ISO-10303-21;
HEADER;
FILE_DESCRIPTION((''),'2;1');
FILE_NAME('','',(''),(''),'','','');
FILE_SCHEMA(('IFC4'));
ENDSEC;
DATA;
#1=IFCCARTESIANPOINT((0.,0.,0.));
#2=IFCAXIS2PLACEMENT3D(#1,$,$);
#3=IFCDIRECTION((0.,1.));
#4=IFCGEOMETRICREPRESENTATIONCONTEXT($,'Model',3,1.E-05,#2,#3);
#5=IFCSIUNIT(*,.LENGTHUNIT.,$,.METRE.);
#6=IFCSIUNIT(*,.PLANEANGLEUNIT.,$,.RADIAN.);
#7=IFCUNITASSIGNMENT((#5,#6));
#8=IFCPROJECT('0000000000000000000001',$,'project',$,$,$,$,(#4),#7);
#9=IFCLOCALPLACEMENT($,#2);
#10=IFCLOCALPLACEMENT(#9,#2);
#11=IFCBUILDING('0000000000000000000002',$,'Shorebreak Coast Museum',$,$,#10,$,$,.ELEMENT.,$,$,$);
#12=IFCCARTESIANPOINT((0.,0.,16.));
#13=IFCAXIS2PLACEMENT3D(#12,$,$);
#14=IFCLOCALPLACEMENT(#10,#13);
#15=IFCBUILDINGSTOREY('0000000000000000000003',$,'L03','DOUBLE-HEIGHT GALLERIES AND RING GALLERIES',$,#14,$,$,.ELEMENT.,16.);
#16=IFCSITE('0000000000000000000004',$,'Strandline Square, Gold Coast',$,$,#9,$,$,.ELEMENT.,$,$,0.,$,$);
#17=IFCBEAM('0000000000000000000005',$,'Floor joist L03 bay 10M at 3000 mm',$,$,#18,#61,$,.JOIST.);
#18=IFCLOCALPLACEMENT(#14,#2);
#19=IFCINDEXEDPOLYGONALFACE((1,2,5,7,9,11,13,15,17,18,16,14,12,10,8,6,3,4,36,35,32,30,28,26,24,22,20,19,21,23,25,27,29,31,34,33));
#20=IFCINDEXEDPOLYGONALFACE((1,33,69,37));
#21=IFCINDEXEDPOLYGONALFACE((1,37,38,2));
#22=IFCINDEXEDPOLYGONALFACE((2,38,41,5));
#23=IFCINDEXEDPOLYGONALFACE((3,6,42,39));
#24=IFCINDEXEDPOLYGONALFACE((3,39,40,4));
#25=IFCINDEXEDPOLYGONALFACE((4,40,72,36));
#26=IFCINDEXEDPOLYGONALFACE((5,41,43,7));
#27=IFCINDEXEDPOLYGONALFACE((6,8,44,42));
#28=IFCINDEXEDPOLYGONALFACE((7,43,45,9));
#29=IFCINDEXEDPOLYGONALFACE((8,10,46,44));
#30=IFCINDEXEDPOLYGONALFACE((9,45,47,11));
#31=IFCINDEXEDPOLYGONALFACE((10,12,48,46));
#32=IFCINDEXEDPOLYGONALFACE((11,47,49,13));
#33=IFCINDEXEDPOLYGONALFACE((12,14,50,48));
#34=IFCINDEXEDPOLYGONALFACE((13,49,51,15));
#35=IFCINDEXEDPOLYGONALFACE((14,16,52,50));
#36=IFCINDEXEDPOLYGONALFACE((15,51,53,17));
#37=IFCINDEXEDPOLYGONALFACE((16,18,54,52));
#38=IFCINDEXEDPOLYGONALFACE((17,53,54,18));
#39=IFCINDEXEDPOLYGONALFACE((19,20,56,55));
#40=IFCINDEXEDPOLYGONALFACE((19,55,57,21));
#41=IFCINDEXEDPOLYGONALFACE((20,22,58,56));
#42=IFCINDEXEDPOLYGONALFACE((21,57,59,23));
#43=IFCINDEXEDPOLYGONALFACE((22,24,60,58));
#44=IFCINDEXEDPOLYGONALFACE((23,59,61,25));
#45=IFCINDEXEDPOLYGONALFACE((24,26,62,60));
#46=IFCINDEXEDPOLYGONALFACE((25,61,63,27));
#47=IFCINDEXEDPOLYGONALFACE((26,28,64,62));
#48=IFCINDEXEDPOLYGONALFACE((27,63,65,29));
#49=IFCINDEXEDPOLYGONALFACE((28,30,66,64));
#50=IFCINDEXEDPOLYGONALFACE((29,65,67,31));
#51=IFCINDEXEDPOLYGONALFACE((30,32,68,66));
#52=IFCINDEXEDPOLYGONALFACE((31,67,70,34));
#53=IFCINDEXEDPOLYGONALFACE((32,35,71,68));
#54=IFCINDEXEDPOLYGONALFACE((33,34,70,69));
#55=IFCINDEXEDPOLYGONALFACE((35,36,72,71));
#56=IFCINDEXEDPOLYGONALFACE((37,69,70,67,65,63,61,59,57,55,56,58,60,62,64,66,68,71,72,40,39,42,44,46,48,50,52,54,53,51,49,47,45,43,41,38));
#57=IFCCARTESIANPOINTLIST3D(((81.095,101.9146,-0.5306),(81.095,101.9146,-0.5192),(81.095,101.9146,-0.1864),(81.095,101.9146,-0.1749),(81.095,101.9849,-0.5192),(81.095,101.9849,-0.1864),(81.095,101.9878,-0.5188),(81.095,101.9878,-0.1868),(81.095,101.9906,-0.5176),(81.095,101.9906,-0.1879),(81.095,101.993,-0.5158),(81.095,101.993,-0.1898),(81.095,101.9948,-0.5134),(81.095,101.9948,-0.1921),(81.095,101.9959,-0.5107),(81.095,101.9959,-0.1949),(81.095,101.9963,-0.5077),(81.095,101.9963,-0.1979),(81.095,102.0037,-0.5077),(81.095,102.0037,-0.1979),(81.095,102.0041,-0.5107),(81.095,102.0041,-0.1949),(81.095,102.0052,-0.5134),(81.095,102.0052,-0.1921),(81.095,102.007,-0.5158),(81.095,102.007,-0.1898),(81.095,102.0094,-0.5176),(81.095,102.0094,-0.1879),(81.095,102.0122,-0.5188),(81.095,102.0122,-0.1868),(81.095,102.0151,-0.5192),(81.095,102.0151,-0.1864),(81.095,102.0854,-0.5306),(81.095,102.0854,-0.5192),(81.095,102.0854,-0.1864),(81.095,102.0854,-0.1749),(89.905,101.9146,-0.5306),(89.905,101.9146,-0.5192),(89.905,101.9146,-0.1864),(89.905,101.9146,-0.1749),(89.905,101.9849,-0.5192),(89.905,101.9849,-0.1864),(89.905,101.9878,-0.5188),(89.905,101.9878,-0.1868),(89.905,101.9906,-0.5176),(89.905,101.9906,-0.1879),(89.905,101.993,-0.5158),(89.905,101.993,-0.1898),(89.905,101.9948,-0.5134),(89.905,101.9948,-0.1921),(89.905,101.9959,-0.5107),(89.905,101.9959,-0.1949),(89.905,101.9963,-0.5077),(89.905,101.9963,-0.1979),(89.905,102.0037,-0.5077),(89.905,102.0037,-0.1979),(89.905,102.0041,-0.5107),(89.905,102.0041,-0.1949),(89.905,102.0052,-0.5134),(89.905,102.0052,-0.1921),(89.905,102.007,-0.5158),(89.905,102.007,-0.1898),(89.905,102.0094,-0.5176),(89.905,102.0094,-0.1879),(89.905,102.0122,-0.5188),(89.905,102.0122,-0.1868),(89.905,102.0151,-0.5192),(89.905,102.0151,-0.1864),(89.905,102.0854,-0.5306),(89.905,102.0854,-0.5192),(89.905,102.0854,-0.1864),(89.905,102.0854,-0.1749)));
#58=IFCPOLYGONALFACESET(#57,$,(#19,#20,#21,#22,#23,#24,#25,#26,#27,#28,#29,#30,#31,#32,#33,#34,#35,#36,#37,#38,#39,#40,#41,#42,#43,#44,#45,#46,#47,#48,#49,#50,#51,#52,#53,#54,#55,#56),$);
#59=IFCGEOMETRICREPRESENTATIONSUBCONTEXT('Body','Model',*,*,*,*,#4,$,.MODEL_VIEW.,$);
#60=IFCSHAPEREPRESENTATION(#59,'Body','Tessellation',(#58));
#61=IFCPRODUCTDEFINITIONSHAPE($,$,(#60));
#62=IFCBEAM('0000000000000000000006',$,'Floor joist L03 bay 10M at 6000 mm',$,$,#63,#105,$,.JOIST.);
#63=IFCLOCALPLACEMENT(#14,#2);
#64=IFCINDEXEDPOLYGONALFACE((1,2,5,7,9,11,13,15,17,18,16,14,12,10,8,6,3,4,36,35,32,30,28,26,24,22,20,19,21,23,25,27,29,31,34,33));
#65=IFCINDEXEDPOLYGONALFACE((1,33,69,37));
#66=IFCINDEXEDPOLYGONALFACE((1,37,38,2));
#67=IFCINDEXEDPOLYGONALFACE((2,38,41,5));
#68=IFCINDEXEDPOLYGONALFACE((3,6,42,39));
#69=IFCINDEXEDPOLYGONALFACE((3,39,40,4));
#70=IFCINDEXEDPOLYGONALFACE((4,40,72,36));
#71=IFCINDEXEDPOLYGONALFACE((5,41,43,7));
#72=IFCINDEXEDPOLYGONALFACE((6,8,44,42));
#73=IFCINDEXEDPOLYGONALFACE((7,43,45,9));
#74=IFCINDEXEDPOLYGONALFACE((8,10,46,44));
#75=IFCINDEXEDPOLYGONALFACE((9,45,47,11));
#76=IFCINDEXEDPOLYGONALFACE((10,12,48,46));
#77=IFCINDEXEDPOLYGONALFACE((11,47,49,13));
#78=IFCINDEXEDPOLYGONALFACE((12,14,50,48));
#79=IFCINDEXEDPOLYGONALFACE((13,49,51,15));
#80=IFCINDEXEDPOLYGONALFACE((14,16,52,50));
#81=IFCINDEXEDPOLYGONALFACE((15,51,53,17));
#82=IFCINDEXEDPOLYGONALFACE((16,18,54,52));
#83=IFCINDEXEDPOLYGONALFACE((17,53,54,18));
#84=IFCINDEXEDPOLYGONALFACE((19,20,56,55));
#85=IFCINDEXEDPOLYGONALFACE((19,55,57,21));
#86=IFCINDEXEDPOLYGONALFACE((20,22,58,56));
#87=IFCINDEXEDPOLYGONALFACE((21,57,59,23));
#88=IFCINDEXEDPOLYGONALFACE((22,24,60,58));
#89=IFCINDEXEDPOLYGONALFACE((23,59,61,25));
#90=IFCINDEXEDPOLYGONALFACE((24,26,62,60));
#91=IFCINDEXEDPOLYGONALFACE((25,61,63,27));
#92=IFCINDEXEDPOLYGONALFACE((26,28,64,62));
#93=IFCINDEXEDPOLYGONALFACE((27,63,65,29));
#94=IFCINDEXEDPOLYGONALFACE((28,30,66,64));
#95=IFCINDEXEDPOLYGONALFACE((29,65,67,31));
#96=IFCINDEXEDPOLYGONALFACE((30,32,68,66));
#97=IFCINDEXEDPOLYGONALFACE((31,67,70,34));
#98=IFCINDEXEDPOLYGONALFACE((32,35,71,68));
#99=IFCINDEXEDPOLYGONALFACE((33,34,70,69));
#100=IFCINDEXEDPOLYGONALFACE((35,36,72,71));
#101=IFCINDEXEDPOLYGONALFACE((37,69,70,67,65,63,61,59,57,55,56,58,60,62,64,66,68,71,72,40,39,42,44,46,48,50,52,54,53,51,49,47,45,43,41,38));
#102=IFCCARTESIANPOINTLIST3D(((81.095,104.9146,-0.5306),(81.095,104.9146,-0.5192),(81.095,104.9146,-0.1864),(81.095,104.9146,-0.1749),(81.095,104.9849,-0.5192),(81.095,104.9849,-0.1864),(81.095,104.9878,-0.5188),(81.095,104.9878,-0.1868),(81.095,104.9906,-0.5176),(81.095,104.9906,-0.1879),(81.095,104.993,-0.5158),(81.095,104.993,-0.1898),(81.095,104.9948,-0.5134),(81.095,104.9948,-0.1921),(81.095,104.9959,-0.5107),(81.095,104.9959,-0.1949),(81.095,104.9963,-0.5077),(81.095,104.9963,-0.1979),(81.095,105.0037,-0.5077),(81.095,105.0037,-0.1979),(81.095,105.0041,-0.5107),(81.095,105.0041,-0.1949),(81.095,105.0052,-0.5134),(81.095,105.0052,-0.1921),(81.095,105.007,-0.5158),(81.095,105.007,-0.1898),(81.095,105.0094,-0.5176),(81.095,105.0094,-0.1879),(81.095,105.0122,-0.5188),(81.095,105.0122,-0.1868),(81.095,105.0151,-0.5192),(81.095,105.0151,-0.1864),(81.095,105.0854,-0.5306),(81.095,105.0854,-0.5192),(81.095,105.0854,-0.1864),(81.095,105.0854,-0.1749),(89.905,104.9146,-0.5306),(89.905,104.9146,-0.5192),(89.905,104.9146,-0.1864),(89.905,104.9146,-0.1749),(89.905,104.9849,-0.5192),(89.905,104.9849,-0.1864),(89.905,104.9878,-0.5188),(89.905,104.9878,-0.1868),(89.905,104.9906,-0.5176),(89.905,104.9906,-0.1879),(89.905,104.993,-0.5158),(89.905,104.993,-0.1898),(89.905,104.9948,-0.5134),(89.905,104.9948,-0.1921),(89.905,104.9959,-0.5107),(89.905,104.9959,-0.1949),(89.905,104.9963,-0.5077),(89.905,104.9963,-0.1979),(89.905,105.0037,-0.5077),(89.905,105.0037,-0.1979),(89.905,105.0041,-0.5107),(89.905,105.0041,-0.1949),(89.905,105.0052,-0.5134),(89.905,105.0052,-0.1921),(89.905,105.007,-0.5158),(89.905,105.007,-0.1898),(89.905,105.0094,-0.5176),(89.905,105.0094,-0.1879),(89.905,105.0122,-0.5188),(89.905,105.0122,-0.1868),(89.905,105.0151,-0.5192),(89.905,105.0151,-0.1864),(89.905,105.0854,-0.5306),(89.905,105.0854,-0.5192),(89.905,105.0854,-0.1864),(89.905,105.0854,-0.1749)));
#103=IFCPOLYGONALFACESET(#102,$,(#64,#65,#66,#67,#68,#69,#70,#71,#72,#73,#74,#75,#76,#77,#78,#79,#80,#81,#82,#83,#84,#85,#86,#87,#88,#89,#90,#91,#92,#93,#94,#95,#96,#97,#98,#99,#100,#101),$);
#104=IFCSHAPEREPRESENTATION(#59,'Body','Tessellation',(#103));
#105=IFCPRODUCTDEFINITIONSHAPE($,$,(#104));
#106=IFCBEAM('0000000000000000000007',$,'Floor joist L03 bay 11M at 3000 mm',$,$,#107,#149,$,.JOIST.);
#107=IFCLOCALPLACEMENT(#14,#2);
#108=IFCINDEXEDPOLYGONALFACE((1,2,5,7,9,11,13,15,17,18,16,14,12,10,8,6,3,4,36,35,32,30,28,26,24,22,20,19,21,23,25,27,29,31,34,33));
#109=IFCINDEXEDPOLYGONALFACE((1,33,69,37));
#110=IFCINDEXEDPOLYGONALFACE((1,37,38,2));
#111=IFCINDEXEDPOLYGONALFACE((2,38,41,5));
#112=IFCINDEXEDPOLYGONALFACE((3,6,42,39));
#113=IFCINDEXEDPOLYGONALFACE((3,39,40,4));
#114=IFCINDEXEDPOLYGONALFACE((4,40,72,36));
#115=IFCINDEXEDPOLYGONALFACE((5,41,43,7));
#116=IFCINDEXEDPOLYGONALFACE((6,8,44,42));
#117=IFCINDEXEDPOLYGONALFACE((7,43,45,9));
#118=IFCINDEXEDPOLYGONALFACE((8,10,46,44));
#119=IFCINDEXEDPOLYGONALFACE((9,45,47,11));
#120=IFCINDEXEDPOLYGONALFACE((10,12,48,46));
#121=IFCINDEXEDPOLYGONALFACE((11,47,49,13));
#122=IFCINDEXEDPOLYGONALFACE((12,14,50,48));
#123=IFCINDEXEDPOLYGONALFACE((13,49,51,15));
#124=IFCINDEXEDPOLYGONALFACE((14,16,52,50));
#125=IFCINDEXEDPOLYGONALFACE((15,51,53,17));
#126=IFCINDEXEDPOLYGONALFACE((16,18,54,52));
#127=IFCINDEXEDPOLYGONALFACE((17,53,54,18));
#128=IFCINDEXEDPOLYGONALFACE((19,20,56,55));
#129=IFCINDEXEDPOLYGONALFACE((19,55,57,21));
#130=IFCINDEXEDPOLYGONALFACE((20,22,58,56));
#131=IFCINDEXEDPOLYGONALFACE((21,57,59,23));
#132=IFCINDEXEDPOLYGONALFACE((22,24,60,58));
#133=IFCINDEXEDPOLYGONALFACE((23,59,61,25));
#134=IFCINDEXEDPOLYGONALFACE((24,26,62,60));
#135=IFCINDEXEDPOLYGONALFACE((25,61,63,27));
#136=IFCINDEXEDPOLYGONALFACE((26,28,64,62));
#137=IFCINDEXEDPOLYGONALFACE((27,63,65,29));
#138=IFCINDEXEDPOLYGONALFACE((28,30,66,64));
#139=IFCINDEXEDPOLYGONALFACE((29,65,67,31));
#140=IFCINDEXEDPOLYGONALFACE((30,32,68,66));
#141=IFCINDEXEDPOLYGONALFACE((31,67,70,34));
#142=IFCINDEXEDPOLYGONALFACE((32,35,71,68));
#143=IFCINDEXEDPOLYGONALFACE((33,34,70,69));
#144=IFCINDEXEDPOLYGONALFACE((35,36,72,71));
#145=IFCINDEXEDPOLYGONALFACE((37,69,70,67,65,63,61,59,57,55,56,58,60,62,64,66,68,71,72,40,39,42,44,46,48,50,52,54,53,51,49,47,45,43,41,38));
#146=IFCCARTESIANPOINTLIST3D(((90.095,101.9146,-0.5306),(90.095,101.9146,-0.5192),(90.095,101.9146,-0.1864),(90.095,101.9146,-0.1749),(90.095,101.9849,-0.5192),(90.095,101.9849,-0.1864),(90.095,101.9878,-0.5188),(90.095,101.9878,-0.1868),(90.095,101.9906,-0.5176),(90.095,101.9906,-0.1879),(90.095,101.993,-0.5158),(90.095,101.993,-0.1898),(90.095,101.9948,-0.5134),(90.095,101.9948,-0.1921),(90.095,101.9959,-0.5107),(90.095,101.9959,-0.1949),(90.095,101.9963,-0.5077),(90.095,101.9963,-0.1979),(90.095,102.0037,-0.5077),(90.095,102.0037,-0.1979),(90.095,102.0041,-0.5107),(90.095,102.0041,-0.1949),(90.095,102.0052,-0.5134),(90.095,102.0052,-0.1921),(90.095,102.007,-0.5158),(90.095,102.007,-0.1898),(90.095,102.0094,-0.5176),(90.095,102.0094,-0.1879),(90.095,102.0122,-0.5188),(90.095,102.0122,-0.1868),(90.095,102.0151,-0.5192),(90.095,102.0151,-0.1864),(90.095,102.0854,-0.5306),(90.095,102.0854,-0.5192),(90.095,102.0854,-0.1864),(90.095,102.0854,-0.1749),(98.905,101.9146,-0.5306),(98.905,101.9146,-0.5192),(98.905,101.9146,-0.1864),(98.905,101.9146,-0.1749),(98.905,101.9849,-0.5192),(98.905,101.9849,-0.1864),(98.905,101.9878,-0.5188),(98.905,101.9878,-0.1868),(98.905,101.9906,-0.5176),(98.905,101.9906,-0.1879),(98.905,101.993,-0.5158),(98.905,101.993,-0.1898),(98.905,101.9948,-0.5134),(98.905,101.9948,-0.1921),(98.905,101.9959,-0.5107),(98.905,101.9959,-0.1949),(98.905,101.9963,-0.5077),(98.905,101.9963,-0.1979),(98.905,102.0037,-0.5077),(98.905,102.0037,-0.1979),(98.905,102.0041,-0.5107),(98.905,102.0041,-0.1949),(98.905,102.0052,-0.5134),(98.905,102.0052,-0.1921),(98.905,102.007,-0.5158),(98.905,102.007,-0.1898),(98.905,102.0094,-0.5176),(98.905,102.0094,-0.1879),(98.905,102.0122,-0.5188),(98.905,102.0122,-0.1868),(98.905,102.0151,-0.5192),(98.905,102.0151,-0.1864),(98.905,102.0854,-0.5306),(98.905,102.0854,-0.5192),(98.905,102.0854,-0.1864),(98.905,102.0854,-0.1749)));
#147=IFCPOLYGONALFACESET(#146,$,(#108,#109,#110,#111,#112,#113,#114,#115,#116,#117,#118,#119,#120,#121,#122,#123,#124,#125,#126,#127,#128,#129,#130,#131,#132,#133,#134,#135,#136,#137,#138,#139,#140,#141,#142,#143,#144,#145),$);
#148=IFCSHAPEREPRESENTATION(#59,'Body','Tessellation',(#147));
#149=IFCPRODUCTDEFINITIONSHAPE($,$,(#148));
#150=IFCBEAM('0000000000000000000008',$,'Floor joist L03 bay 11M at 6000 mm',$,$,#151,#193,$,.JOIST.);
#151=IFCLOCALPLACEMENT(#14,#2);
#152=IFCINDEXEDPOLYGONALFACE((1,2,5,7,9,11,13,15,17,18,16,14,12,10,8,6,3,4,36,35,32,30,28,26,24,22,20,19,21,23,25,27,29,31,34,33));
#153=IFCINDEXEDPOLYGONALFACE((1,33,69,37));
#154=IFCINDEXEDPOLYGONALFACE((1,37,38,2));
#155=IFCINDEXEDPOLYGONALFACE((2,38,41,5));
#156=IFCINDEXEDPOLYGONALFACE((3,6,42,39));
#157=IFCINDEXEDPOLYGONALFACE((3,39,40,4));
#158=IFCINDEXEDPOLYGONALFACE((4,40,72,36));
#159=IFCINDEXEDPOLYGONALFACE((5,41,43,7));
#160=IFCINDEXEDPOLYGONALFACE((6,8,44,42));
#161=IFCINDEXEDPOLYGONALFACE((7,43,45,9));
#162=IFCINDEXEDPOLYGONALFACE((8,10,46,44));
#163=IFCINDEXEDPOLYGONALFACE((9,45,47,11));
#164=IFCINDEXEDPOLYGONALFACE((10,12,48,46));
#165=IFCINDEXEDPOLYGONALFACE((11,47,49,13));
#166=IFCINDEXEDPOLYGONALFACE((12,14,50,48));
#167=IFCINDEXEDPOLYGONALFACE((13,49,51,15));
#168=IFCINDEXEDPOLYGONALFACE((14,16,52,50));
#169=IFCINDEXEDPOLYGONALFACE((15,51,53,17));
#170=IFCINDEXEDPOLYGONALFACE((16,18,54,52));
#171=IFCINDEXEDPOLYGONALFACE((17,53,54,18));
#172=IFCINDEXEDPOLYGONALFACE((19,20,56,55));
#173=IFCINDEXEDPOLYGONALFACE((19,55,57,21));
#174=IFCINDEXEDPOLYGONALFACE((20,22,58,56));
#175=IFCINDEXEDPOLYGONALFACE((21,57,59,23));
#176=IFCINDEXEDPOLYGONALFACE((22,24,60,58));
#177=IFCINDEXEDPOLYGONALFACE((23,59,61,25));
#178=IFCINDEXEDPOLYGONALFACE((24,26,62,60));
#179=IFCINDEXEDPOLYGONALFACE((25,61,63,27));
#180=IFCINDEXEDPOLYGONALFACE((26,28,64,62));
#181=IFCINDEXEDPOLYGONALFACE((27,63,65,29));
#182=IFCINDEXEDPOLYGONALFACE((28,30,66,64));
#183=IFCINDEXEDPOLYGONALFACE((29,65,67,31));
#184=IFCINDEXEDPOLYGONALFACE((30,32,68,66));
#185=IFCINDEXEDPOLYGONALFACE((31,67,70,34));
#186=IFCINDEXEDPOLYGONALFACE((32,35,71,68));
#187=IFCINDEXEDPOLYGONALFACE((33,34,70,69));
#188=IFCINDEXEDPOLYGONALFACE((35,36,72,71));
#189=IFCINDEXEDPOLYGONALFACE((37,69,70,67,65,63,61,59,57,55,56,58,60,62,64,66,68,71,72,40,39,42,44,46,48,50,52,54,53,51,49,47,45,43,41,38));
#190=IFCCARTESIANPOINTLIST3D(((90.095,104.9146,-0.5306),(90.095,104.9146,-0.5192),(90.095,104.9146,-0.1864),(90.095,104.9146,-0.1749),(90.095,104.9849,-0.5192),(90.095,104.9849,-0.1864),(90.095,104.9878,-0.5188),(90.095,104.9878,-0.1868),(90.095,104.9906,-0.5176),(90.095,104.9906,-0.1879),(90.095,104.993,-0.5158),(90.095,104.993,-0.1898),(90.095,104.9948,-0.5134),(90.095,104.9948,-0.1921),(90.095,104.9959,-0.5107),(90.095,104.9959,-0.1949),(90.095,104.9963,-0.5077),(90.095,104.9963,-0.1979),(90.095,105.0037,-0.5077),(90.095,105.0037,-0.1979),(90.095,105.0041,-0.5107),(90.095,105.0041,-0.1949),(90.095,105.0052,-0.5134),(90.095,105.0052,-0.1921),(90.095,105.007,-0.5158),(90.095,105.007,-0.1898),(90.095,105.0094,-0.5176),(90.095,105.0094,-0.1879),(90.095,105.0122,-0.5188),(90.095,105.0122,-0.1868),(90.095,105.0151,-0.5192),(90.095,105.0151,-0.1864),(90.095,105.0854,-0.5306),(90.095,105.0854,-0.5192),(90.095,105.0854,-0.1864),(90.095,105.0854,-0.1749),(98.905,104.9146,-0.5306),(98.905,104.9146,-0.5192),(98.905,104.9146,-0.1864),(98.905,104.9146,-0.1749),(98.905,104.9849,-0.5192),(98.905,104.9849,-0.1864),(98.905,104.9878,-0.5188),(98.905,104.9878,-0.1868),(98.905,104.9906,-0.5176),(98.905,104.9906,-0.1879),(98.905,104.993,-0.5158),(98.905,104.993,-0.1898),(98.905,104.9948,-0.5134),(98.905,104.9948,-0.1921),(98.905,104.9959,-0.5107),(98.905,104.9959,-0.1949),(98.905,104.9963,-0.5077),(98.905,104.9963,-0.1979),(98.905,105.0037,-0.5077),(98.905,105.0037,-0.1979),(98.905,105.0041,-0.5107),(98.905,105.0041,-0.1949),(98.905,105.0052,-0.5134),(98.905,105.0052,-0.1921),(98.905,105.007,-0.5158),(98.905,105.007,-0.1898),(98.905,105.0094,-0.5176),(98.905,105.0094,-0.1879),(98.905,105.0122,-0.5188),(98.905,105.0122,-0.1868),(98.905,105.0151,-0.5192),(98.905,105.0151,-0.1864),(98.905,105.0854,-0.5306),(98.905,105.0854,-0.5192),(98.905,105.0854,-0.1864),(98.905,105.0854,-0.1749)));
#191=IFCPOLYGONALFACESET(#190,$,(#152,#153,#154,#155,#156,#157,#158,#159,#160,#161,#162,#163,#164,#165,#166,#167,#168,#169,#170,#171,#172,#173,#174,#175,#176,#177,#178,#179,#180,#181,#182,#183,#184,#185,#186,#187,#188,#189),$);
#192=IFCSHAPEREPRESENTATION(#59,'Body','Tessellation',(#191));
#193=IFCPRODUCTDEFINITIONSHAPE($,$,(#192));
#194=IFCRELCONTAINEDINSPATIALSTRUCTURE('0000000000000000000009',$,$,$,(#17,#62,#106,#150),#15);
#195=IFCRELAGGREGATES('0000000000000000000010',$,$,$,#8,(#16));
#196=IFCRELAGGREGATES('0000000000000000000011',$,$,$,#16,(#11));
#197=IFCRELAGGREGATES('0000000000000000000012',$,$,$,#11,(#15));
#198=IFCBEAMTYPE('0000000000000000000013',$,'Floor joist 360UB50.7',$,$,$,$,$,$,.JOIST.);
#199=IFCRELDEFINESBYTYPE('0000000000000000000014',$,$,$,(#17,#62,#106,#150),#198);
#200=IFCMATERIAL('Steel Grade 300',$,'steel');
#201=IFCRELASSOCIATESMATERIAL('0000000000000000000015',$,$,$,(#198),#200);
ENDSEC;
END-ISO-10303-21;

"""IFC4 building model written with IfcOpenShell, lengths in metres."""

from ifc_helpers import new_model, si_unit, direction, frame, origin, origin_2d, place, context, subcontext, project, spatial, i_section, extrude, material, material_profile, profile_set, type_object, element, save


model = new_model("IFC4")

# Units and contexts
model_context = context("Model", 3, precision=1e-05, world=origin(), true_north=direction((0.0, 1.0)))
body_context = subcontext(model_context, "Body", "Model", "MODEL_VIEW")
ifc_project = project(units=[si_unit("LENGTHUNIT", "METRE"), si_unit("PLANEANGLEUNIT", "RADIAN")], contexts=[model_context])

# Site, building, storey
site_placement = place(None, origin())
site = spatial("IfcSite", under=ifc_project, at=site_placement, Name="Strandline Square, Gold Coast", CompositionType="ELEMENT", RefElevation=0.0)
building_placement = place(site_placement, origin())
building = spatial("IfcBuilding", under=site, at=building_placement, Name="Shorebreak Coast Museum", CompositionType="ELEMENT")
storey_placement = place(building_placement, frame((0.0, 0.0, 16.0)))
storey = spatial("IfcBuildingStorey", under=building, at=storey_placement, Name="L03", Description="DOUBLE-HEIGHT GALLERIES AND RING GALLERIES", CompositionType="ELEMENT", Elevation=16.0)

# Beams
ifc_material_1 = material(Name="Steel Grade 300", Category="steel")
ifc_material_profile_1 = material_profile(ifc_material_1, i_section(OverallWidth=0.1709, OverallDepth=0.3557, WebThickness=0.0073, FlangeThickness=0.0115, FilletRadius=0.0115, at=origin_2d()), Name="360UB50.7")
ifc_profile_set_1 = profile_set([ifc_material_profile_1], Name="Steel Grade 300")
beam_type_1 = type_object("IfcBeamType", Name="Floor joist 360UB50.7", PredefinedType="JOIST", material=ifc_profile_set_1)
for number, where, z_axis, x_axis, name in (
    (1, (81.095, 102.0, -0.3528), (1.0, 0.0, 0.0), (0.0, 1.0, 0.0), "Floor joist L03 bay 10M at 3000 mm"),
    (2, (81.095, 105.0, -0.3528), (1.0, 0.0, 0.0), (0.0, 1.0, 0.0), "Floor joist L03 bay 10M at 6000 mm"),
    (3, (90.095, 102.0, -0.3528), (1.0, 0.0, 0.0), (0.0, 1.0, 0.0), "Floor joist L03 bay 11M at 3000 mm"),
    (4, (90.095, 105.0, -0.3528), (1.0, 0.0, 0.0), (0.0, 1.0, 0.0), "Floor joist L03 bay 11M at 6000 mm"),
):
    element("IfcBeam", number, at=place(storey_placement, frame(where, z_axis=z_axis, x_axis=x_axis)), inside=storey, type_object=beam_type_1, Name=name, PredefinedType="JOIST", context=body_context, shape_type="SweptSolid", body=[
        extrude(i_section(OverallWidth=0.1709, OverallDepth=0.3557, WebThickness=0.0073, FlangeThickness=0.0115, FilletRadius=0.0115, at=origin_2d()), origin(), (0.0, 0.0, 1.0), 8.8101),
    ])

save(model, "model.ifc")
